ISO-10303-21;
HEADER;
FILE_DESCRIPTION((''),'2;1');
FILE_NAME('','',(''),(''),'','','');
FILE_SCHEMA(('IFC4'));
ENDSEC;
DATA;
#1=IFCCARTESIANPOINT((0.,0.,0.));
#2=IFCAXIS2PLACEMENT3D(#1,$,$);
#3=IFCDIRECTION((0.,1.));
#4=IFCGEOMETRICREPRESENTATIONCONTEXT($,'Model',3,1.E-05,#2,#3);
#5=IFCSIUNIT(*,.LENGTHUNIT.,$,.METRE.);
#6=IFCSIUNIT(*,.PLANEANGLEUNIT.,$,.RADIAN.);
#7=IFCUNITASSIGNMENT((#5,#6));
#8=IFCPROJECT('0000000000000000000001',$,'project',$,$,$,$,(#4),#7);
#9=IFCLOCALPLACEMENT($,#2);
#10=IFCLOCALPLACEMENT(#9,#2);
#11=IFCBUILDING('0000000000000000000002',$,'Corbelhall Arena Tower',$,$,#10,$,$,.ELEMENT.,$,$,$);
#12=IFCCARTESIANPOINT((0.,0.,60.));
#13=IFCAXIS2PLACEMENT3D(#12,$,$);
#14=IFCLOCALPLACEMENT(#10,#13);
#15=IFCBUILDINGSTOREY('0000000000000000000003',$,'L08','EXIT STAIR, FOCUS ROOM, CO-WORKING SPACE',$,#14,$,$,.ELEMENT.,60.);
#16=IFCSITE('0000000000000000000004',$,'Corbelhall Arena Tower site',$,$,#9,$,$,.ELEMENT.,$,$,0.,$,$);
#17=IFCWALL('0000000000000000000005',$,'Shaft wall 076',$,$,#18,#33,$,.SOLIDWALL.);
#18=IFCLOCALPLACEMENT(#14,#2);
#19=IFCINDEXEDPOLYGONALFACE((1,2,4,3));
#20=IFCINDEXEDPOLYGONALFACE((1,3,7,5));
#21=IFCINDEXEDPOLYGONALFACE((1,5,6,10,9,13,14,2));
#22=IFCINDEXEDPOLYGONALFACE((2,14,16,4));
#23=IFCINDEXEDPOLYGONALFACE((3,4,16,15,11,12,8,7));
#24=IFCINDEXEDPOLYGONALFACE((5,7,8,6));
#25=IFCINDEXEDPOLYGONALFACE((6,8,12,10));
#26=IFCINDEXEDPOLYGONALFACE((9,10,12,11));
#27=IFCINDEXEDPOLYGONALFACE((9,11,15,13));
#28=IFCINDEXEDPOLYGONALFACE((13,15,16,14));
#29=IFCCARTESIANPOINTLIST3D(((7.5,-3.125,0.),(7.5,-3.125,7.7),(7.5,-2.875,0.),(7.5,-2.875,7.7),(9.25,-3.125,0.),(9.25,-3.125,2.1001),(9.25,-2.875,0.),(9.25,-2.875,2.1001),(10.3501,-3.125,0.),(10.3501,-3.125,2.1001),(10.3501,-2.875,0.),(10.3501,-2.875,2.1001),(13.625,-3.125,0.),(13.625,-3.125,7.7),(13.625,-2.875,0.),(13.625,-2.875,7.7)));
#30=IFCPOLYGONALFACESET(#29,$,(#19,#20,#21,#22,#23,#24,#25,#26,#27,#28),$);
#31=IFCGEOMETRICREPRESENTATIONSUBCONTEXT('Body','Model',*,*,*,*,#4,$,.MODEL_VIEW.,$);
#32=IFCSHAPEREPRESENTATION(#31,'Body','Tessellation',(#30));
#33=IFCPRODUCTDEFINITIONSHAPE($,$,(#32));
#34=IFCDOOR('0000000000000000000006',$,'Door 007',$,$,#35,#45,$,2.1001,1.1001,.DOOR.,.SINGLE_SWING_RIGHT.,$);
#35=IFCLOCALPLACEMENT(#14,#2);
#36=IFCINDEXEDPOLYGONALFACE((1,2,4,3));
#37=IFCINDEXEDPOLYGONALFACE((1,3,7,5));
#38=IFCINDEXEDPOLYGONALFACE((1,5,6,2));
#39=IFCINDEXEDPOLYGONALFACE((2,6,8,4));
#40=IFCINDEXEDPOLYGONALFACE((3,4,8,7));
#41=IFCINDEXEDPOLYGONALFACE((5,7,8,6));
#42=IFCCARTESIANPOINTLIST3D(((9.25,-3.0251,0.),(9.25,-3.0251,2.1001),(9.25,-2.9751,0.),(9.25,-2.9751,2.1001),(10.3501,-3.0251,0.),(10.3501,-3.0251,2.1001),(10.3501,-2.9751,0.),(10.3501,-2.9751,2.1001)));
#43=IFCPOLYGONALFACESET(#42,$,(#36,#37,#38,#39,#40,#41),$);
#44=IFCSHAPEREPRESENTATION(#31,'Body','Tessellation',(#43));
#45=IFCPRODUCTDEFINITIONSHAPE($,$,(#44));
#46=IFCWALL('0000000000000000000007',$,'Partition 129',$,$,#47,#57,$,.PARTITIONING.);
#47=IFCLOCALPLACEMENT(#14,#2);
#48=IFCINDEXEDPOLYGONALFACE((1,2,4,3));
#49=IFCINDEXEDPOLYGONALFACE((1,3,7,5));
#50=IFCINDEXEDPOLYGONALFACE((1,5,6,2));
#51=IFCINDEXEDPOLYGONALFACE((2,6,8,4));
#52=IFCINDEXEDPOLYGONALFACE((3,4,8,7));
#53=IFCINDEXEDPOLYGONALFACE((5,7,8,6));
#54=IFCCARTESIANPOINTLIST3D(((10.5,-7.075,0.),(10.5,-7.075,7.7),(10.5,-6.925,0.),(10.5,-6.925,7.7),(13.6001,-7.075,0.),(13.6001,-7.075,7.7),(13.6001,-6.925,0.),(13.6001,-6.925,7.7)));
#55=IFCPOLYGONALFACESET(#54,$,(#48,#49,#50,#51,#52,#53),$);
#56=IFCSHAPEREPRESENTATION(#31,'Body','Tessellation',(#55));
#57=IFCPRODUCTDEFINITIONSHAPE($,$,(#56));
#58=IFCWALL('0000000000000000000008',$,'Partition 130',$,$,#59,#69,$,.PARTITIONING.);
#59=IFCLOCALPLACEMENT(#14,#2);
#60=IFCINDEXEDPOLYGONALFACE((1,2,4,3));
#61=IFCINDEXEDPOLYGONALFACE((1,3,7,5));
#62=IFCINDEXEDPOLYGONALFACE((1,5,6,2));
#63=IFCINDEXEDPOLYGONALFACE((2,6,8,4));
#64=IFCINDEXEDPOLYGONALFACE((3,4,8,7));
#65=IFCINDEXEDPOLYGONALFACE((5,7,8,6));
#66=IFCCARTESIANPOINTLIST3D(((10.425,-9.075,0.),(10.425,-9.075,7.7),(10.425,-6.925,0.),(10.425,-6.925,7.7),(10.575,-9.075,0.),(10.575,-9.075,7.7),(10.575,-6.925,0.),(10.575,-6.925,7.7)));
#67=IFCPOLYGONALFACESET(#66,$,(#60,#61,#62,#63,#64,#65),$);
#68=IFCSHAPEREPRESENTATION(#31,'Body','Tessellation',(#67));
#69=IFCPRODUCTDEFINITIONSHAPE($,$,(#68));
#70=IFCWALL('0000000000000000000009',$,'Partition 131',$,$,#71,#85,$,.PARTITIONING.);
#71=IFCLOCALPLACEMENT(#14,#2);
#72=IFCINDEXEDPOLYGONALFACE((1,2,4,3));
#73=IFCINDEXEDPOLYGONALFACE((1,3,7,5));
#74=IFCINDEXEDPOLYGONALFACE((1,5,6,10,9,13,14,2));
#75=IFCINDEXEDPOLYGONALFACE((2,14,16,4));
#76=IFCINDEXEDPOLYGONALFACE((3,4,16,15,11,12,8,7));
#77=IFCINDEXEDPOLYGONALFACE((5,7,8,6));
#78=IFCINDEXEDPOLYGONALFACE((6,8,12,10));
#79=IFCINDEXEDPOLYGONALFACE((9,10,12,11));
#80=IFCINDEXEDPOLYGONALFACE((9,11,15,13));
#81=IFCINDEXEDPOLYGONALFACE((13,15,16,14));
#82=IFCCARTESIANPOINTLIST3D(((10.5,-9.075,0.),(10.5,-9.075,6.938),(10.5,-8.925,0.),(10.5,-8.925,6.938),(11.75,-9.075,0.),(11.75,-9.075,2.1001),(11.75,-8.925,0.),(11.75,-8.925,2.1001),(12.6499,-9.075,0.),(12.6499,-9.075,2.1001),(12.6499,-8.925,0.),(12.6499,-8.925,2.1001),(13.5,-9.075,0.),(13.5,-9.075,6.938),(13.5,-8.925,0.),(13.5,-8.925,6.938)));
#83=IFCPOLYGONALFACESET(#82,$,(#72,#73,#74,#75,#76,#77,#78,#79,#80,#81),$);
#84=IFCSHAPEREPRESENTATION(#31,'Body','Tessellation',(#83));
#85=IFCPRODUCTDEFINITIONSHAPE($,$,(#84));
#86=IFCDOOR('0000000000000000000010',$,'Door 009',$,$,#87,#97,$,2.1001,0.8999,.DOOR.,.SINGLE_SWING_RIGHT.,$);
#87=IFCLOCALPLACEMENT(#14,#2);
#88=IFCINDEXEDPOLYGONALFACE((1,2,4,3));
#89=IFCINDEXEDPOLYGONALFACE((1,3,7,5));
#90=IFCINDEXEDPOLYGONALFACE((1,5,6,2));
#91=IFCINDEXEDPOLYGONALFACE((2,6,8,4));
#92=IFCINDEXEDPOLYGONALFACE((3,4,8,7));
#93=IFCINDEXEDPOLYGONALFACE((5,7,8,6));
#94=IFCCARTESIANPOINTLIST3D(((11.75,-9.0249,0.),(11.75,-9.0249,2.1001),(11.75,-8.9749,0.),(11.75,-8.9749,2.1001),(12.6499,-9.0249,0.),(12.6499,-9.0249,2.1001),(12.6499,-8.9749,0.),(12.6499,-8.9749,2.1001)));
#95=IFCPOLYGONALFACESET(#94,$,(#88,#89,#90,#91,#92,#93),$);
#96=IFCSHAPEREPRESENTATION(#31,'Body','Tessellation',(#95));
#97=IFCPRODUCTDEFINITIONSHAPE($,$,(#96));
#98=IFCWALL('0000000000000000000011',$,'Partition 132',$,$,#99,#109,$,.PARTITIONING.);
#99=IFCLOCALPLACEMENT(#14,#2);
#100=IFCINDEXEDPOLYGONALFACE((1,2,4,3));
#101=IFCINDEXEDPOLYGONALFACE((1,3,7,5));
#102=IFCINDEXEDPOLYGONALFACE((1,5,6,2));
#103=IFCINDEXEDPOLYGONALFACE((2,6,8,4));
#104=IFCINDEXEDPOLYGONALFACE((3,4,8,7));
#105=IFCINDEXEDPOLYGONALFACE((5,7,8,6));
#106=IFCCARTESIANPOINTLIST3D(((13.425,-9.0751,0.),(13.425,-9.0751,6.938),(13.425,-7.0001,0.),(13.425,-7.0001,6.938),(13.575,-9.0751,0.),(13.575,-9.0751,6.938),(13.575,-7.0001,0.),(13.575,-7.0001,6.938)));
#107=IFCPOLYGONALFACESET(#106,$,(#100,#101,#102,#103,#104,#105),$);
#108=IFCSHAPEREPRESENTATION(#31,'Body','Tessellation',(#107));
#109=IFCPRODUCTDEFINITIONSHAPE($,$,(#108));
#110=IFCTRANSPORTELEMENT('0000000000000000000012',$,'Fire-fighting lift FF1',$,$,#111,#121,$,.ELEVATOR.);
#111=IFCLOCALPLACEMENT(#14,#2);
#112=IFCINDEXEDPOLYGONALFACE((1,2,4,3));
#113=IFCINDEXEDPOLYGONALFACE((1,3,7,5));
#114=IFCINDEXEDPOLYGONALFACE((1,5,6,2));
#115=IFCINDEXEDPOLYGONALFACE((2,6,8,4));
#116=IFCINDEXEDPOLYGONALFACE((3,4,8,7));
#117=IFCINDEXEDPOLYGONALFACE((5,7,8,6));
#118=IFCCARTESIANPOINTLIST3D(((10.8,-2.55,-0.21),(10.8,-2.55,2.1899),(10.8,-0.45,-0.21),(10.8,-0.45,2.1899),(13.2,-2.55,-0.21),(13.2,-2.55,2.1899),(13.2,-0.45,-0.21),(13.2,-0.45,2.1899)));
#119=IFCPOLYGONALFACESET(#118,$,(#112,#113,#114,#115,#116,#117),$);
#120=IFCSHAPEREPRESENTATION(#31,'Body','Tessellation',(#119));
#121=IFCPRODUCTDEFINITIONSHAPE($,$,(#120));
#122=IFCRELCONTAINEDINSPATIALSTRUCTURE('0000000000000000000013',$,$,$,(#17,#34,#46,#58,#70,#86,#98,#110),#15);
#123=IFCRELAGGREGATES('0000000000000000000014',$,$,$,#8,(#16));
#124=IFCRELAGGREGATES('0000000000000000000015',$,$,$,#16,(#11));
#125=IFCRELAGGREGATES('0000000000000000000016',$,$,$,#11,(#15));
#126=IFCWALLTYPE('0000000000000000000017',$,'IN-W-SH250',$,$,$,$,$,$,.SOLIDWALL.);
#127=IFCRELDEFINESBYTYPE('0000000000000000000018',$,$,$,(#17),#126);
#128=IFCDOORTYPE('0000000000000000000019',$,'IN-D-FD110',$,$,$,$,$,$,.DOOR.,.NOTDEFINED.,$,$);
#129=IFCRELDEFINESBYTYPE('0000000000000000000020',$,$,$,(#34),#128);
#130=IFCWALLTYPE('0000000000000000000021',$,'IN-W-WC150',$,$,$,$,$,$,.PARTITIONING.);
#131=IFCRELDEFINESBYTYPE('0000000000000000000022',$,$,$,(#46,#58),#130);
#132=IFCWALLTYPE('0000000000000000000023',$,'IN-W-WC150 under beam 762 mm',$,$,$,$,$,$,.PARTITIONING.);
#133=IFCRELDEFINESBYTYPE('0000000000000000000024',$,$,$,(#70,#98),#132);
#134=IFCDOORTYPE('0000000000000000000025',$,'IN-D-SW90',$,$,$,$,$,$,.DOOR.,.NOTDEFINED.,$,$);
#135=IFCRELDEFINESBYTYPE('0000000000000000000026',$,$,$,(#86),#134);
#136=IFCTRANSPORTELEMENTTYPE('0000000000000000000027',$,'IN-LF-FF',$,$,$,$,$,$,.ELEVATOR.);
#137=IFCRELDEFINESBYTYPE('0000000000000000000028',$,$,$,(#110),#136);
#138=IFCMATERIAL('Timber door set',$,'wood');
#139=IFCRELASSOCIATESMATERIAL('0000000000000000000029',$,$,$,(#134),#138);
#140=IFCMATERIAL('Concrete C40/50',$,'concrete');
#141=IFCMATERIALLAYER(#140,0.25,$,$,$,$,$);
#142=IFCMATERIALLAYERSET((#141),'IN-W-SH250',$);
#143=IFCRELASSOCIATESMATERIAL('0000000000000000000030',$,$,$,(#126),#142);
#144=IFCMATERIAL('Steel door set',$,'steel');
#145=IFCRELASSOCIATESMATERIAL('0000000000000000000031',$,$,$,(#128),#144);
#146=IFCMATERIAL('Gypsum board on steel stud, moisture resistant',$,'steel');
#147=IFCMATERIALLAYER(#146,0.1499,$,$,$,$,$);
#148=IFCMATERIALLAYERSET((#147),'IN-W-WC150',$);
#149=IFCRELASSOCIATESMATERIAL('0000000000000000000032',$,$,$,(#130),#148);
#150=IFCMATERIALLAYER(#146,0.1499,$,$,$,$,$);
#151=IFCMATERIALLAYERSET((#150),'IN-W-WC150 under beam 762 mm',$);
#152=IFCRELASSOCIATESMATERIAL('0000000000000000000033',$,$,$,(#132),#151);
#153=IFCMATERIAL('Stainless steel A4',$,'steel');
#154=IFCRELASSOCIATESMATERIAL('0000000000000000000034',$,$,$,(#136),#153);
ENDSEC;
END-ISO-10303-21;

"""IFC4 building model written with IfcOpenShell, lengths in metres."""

from ifc_helpers import new_model, si_unit, direction, frame, frame_2d, origin, origin_2d, place, context, subcontext, project, spatial, rectangle, extrude, material, layer, layer_set, type_object, element, fill, save


model = new_model("IFC4")

# Units and contexts
model_context = context("Model", 3, precision=1e-05, world=origin(), true_north=direction((0.0, 1.0)))
body_context = subcontext(model_context, "Body", "Model", "MODEL_VIEW")
ifc_project = project(units=[si_unit("LENGTHUNIT", "METRE"), si_unit("PLANEANGLEUNIT", "RADIAN")], contexts=[model_context])

# Site, building, storey
site_placement = place(None, origin())
site = spatial("IfcSite", under=ifc_project, at=site_placement, Name="Corbelhall Arena Tower site", CompositionType="ELEMENT", RefElevation=0.0)
building_placement = place(site_placement, origin())
building = spatial("IfcBuilding", under=site, at=building_placement, Name="Corbelhall Arena Tower", CompositionType="ELEMENT")
storey_placement = place(building_placement, frame((0.0, 0.0, 60.0)))
storey = spatial("IfcBuildingStorey", under=building, at=storey_placement, Name="L08", Description="EXIT STAIR, FOCUS ROOM, CO-WORKING SPACE", CompositionType="ELEMENT", Elevation=60.0)

# Shared definitions
ifc_material_1 = material(Name="Steel door set", Category="steel")

# Shared definitions
ifc_material_2 = material(Name="Timber door set", Category="wood")
door_type_1 = type_object("IfcDoorType", Name="IN-D-SW90", OperationType="NOTDEFINED", PredefinedType="DOOR", material=ifc_material_2)

# Wall, opening, door
ifc_material_3 = material(Name="Concrete C40/50", Category="concrete")
ifc_layer_1 = layer(ifc_material_3, 0.25)
ifc_layer_set_1 = layer_set([ifc_layer_1], Name="IN-W-SH250")
wall_type_1 = type_object("IfcWallType", Name="IN-W-SH250", PredefinedType="SOLIDWALL", material=ifc_layer_set_1)
wall_1_placement = place(storey_placement, frame((7.5, -3.0, 0.0), z_axis=(0.0, 0.0, 1.0), x_axis=(1.0, 0.0, 0.0)))
wall_1 = element("IfcWall", 1, at=wall_1_placement, inside=storey, type_object=wall_type_1, Name="Shaft wall 076", PredefinedType="SOLIDWALL", context=body_context, shape_type="SweptSolid", body=[
    extrude(rectangle(XDim=6.125, YDim=0.25, at=frame_2d((3.0625, 0.0))), origin(), (0.0, 0.0, 1.0), 7.7),
])
opening_1_placement = place(wall_1_placement, frame((1.75, 0.0, 0.0)))
opening_1 = element("IfcOpeningElement", 2, at=opening_1_placement, cuts=wall_1, PredefinedType="OPENING", context=body_context, shape_type="SweptSolid", body=[
    extrude(rectangle(XDim=1.1001, YDim=2.1001, at=frame_2d((0.55, 1.05))), frame((0.0, 0.125, 0.0), z_axis=(0.0, -1.0, 0.0), x_axis=(1.0, 0.0, 0.0)), (0.0, 0.0, 1.0), 0.25),
])
door_type_2 = type_object("IfcDoorType", Name="IN-D-FD110", OperationType="NOTDEFINED", PredefinedType="DOOR", material=ifc_material_1)
door_1_placement = place(opening_1_placement, origin())
door_1 = element("IfcDoor", 3, at=door_1_placement, inside=storey, type_object=door_type_2, Name="Door 007", OperationType="SINGLE_SWING_RIGHT", OverallHeight=2.1001, OverallWidth=1.1001, PredefinedType="DOOR", context=body_context, shape_type="SweptSolid", body=[
    extrude(rectangle(XDim=1.1001, YDim=2.1001, at=frame_2d((0.55, 1.05))), frame((0.0, 0.0249, 0.0), z_axis=(0.0, -1.0, 0.0), x_axis=(1.0, 0.0, 0.0)), (0.0, 0.0, 1.0), 0.05),
])
fill(opening_1, door_1)

# Walls
ifc_material_4 = material(Name="Gypsum board on steel stud, moisture resistant", Category="steel")
ifc_layer_2 = layer(ifc_material_4, 0.1499)
ifc_layer_set_2 = layer_set([ifc_layer_2], Name="IN-W-WC150")
wall_type_2 = type_object("IfcWallType", Name="IN-W-WC150", PredefinedType="PARTITIONING", material=ifc_layer_set_2)
wall_2_placement = place(storey_placement, frame((10.5, -7.0, 0.0), z_axis=(0.0, 0.0, 1.0), x_axis=(1.0, 0.0, 0.0)))
element("IfcWall", 4, at=wall_2_placement, inside=storey, type_object=wall_type_2, Name="Partition 129", PredefinedType="PARTITIONING", context=body_context, shape_type="SweptSolid", body=[
    extrude(rectangle(XDim=3.1001, YDim=0.1499, at=frame_2d((1.55, 0.0))), origin(), (0.0, 0.0, 1.0), 7.7),
])
wall_3_placement = place(storey_placement, frame((10.5, -6.925, 0.0), z_axis=(0.0, 0.0, 1.0), x_axis=(0.0, -1.0, 0.0)))
element("IfcWall", 5, at=wall_3_placement, inside=storey, type_object=wall_type_2, Name="Partition 130", PredefinedType="PARTITIONING", context=body_context, shape_type="SweptSolid", body=[
    extrude(rectangle(XDim=2.1499, YDim=0.1499, at=frame_2d((1.075, 0.0))), origin(), (0.0, 0.0, 1.0), 7.7),
])

# Wall, opening, door
ifc_layer_3 = layer(ifc_material_4, 0.1499)
ifc_layer_set_3 = layer_set([ifc_layer_3], Name="IN-W-WC150 under beam 762 mm")
wall_type_3 = type_object("IfcWallType", Name="IN-W-WC150 under beam 762 mm", PredefinedType="PARTITIONING", material=ifc_layer_set_3)
wall_4_placement = place(storey_placement, frame((13.5, -9.0, 0.0), z_axis=(0.0, 0.0, 1.0), x_axis=(-1.0, 0.0, 0.0)))
wall_4 = element("IfcWall", 6, at=wall_4_placement, inside=storey, type_object=wall_type_3, Name="Partition 131", PredefinedType="PARTITIONING", context=body_context, shape_type="SweptSolid", body=[
    extrude(rectangle(XDim=3.0, YDim=0.1499, at=frame_2d((1.5, 0.0))), origin(), (0.0, 0.0, 1.0), 6.938),
])
opening_2_placement = place(wall_4_placement, frame((0.8501, 0.0, 0.0)))
opening_2 = element("IfcOpeningElement", 7, at=opening_2_placement, cuts=wall_4, PredefinedType="OPENING", context=body_context, shape_type="SweptSolid", body=[
    extrude(rectangle(XDim=0.8999, YDim=2.1001, at=frame_2d((0.45, 1.05))), frame((0.0, 0.075, 0.0), z_axis=(0.0, -1.0, 0.0), x_axis=(1.0, 0.0, 0.0)), (0.0, 0.0, 1.0), 0.1499),
])
door_2_placement = place(opening_2_placement, origin())
door_2 = element("IfcDoor", 8, at=door_2_placement, inside=storey, type_object=door_type_1, Name="Door 009", OperationType="SINGLE_SWING_RIGHT", OverallHeight=2.1001, OverallWidth=0.8999, PredefinedType="DOOR", context=body_context, shape_type="SweptSolid", body=[
    extrude(rectangle(XDim=0.8999, YDim=2.1001, at=frame_2d((0.45, 1.05))), frame((0.0, 0.0249, 0.0), z_axis=(0.0, -1.0, 0.0), x_axis=(1.0, 0.0, 0.0)), (0.0, 0.0, 1.0), 0.05),
])
fill(opening_2, door_2)

# Wall
wall_5_placement = place(storey_placement, frame((13.5, -7.0, 0.0), z_axis=(0.0, 0.0, 1.0), x_axis=(0.0, -1.0, 0.0)))
element("IfcWall", 9, at=wall_5_placement, inside=storey, type_object=wall_type_3, Name="Partition 132", PredefinedType="PARTITIONING", context=body_context, shape_type="SweptSolid", body=[
    extrude(rectangle(XDim=2.075, YDim=0.1499, at=frame_2d((1.0376, 0.0))), origin(), (0.0, 0.0, 1.0), 6.938),
])

# Transport element
ifc_material_5 = material(Name="Stainless steel A4", Category="steel")
transport_element_type = type_object("IfcTransportElementType", Name="IN-LF-FF", PredefinedType="ELEVATOR", material=ifc_material_5)
transport_element_placement = place(storey_placement, frame((12.0, -1.5, -0.21), z_axis=(0.0, 0.0, 1.0), x_axis=(1.0, 0.0, 0.0)))
element("IfcTransportElement", 10, at=transport_element_placement, inside=storey, type_object=transport_element_type, Name="Fire-fighting lift FF1", PredefinedType="ELEVATOR", context=body_context, shape_type="SweptSolid", body=[
    extrude(rectangle(XDim=2.3999, YDim=2.1001, at=origin_2d()), origin(), (0.0, 0.0, 1.0), 2.3999),
])

save(model, "model.ifc")
